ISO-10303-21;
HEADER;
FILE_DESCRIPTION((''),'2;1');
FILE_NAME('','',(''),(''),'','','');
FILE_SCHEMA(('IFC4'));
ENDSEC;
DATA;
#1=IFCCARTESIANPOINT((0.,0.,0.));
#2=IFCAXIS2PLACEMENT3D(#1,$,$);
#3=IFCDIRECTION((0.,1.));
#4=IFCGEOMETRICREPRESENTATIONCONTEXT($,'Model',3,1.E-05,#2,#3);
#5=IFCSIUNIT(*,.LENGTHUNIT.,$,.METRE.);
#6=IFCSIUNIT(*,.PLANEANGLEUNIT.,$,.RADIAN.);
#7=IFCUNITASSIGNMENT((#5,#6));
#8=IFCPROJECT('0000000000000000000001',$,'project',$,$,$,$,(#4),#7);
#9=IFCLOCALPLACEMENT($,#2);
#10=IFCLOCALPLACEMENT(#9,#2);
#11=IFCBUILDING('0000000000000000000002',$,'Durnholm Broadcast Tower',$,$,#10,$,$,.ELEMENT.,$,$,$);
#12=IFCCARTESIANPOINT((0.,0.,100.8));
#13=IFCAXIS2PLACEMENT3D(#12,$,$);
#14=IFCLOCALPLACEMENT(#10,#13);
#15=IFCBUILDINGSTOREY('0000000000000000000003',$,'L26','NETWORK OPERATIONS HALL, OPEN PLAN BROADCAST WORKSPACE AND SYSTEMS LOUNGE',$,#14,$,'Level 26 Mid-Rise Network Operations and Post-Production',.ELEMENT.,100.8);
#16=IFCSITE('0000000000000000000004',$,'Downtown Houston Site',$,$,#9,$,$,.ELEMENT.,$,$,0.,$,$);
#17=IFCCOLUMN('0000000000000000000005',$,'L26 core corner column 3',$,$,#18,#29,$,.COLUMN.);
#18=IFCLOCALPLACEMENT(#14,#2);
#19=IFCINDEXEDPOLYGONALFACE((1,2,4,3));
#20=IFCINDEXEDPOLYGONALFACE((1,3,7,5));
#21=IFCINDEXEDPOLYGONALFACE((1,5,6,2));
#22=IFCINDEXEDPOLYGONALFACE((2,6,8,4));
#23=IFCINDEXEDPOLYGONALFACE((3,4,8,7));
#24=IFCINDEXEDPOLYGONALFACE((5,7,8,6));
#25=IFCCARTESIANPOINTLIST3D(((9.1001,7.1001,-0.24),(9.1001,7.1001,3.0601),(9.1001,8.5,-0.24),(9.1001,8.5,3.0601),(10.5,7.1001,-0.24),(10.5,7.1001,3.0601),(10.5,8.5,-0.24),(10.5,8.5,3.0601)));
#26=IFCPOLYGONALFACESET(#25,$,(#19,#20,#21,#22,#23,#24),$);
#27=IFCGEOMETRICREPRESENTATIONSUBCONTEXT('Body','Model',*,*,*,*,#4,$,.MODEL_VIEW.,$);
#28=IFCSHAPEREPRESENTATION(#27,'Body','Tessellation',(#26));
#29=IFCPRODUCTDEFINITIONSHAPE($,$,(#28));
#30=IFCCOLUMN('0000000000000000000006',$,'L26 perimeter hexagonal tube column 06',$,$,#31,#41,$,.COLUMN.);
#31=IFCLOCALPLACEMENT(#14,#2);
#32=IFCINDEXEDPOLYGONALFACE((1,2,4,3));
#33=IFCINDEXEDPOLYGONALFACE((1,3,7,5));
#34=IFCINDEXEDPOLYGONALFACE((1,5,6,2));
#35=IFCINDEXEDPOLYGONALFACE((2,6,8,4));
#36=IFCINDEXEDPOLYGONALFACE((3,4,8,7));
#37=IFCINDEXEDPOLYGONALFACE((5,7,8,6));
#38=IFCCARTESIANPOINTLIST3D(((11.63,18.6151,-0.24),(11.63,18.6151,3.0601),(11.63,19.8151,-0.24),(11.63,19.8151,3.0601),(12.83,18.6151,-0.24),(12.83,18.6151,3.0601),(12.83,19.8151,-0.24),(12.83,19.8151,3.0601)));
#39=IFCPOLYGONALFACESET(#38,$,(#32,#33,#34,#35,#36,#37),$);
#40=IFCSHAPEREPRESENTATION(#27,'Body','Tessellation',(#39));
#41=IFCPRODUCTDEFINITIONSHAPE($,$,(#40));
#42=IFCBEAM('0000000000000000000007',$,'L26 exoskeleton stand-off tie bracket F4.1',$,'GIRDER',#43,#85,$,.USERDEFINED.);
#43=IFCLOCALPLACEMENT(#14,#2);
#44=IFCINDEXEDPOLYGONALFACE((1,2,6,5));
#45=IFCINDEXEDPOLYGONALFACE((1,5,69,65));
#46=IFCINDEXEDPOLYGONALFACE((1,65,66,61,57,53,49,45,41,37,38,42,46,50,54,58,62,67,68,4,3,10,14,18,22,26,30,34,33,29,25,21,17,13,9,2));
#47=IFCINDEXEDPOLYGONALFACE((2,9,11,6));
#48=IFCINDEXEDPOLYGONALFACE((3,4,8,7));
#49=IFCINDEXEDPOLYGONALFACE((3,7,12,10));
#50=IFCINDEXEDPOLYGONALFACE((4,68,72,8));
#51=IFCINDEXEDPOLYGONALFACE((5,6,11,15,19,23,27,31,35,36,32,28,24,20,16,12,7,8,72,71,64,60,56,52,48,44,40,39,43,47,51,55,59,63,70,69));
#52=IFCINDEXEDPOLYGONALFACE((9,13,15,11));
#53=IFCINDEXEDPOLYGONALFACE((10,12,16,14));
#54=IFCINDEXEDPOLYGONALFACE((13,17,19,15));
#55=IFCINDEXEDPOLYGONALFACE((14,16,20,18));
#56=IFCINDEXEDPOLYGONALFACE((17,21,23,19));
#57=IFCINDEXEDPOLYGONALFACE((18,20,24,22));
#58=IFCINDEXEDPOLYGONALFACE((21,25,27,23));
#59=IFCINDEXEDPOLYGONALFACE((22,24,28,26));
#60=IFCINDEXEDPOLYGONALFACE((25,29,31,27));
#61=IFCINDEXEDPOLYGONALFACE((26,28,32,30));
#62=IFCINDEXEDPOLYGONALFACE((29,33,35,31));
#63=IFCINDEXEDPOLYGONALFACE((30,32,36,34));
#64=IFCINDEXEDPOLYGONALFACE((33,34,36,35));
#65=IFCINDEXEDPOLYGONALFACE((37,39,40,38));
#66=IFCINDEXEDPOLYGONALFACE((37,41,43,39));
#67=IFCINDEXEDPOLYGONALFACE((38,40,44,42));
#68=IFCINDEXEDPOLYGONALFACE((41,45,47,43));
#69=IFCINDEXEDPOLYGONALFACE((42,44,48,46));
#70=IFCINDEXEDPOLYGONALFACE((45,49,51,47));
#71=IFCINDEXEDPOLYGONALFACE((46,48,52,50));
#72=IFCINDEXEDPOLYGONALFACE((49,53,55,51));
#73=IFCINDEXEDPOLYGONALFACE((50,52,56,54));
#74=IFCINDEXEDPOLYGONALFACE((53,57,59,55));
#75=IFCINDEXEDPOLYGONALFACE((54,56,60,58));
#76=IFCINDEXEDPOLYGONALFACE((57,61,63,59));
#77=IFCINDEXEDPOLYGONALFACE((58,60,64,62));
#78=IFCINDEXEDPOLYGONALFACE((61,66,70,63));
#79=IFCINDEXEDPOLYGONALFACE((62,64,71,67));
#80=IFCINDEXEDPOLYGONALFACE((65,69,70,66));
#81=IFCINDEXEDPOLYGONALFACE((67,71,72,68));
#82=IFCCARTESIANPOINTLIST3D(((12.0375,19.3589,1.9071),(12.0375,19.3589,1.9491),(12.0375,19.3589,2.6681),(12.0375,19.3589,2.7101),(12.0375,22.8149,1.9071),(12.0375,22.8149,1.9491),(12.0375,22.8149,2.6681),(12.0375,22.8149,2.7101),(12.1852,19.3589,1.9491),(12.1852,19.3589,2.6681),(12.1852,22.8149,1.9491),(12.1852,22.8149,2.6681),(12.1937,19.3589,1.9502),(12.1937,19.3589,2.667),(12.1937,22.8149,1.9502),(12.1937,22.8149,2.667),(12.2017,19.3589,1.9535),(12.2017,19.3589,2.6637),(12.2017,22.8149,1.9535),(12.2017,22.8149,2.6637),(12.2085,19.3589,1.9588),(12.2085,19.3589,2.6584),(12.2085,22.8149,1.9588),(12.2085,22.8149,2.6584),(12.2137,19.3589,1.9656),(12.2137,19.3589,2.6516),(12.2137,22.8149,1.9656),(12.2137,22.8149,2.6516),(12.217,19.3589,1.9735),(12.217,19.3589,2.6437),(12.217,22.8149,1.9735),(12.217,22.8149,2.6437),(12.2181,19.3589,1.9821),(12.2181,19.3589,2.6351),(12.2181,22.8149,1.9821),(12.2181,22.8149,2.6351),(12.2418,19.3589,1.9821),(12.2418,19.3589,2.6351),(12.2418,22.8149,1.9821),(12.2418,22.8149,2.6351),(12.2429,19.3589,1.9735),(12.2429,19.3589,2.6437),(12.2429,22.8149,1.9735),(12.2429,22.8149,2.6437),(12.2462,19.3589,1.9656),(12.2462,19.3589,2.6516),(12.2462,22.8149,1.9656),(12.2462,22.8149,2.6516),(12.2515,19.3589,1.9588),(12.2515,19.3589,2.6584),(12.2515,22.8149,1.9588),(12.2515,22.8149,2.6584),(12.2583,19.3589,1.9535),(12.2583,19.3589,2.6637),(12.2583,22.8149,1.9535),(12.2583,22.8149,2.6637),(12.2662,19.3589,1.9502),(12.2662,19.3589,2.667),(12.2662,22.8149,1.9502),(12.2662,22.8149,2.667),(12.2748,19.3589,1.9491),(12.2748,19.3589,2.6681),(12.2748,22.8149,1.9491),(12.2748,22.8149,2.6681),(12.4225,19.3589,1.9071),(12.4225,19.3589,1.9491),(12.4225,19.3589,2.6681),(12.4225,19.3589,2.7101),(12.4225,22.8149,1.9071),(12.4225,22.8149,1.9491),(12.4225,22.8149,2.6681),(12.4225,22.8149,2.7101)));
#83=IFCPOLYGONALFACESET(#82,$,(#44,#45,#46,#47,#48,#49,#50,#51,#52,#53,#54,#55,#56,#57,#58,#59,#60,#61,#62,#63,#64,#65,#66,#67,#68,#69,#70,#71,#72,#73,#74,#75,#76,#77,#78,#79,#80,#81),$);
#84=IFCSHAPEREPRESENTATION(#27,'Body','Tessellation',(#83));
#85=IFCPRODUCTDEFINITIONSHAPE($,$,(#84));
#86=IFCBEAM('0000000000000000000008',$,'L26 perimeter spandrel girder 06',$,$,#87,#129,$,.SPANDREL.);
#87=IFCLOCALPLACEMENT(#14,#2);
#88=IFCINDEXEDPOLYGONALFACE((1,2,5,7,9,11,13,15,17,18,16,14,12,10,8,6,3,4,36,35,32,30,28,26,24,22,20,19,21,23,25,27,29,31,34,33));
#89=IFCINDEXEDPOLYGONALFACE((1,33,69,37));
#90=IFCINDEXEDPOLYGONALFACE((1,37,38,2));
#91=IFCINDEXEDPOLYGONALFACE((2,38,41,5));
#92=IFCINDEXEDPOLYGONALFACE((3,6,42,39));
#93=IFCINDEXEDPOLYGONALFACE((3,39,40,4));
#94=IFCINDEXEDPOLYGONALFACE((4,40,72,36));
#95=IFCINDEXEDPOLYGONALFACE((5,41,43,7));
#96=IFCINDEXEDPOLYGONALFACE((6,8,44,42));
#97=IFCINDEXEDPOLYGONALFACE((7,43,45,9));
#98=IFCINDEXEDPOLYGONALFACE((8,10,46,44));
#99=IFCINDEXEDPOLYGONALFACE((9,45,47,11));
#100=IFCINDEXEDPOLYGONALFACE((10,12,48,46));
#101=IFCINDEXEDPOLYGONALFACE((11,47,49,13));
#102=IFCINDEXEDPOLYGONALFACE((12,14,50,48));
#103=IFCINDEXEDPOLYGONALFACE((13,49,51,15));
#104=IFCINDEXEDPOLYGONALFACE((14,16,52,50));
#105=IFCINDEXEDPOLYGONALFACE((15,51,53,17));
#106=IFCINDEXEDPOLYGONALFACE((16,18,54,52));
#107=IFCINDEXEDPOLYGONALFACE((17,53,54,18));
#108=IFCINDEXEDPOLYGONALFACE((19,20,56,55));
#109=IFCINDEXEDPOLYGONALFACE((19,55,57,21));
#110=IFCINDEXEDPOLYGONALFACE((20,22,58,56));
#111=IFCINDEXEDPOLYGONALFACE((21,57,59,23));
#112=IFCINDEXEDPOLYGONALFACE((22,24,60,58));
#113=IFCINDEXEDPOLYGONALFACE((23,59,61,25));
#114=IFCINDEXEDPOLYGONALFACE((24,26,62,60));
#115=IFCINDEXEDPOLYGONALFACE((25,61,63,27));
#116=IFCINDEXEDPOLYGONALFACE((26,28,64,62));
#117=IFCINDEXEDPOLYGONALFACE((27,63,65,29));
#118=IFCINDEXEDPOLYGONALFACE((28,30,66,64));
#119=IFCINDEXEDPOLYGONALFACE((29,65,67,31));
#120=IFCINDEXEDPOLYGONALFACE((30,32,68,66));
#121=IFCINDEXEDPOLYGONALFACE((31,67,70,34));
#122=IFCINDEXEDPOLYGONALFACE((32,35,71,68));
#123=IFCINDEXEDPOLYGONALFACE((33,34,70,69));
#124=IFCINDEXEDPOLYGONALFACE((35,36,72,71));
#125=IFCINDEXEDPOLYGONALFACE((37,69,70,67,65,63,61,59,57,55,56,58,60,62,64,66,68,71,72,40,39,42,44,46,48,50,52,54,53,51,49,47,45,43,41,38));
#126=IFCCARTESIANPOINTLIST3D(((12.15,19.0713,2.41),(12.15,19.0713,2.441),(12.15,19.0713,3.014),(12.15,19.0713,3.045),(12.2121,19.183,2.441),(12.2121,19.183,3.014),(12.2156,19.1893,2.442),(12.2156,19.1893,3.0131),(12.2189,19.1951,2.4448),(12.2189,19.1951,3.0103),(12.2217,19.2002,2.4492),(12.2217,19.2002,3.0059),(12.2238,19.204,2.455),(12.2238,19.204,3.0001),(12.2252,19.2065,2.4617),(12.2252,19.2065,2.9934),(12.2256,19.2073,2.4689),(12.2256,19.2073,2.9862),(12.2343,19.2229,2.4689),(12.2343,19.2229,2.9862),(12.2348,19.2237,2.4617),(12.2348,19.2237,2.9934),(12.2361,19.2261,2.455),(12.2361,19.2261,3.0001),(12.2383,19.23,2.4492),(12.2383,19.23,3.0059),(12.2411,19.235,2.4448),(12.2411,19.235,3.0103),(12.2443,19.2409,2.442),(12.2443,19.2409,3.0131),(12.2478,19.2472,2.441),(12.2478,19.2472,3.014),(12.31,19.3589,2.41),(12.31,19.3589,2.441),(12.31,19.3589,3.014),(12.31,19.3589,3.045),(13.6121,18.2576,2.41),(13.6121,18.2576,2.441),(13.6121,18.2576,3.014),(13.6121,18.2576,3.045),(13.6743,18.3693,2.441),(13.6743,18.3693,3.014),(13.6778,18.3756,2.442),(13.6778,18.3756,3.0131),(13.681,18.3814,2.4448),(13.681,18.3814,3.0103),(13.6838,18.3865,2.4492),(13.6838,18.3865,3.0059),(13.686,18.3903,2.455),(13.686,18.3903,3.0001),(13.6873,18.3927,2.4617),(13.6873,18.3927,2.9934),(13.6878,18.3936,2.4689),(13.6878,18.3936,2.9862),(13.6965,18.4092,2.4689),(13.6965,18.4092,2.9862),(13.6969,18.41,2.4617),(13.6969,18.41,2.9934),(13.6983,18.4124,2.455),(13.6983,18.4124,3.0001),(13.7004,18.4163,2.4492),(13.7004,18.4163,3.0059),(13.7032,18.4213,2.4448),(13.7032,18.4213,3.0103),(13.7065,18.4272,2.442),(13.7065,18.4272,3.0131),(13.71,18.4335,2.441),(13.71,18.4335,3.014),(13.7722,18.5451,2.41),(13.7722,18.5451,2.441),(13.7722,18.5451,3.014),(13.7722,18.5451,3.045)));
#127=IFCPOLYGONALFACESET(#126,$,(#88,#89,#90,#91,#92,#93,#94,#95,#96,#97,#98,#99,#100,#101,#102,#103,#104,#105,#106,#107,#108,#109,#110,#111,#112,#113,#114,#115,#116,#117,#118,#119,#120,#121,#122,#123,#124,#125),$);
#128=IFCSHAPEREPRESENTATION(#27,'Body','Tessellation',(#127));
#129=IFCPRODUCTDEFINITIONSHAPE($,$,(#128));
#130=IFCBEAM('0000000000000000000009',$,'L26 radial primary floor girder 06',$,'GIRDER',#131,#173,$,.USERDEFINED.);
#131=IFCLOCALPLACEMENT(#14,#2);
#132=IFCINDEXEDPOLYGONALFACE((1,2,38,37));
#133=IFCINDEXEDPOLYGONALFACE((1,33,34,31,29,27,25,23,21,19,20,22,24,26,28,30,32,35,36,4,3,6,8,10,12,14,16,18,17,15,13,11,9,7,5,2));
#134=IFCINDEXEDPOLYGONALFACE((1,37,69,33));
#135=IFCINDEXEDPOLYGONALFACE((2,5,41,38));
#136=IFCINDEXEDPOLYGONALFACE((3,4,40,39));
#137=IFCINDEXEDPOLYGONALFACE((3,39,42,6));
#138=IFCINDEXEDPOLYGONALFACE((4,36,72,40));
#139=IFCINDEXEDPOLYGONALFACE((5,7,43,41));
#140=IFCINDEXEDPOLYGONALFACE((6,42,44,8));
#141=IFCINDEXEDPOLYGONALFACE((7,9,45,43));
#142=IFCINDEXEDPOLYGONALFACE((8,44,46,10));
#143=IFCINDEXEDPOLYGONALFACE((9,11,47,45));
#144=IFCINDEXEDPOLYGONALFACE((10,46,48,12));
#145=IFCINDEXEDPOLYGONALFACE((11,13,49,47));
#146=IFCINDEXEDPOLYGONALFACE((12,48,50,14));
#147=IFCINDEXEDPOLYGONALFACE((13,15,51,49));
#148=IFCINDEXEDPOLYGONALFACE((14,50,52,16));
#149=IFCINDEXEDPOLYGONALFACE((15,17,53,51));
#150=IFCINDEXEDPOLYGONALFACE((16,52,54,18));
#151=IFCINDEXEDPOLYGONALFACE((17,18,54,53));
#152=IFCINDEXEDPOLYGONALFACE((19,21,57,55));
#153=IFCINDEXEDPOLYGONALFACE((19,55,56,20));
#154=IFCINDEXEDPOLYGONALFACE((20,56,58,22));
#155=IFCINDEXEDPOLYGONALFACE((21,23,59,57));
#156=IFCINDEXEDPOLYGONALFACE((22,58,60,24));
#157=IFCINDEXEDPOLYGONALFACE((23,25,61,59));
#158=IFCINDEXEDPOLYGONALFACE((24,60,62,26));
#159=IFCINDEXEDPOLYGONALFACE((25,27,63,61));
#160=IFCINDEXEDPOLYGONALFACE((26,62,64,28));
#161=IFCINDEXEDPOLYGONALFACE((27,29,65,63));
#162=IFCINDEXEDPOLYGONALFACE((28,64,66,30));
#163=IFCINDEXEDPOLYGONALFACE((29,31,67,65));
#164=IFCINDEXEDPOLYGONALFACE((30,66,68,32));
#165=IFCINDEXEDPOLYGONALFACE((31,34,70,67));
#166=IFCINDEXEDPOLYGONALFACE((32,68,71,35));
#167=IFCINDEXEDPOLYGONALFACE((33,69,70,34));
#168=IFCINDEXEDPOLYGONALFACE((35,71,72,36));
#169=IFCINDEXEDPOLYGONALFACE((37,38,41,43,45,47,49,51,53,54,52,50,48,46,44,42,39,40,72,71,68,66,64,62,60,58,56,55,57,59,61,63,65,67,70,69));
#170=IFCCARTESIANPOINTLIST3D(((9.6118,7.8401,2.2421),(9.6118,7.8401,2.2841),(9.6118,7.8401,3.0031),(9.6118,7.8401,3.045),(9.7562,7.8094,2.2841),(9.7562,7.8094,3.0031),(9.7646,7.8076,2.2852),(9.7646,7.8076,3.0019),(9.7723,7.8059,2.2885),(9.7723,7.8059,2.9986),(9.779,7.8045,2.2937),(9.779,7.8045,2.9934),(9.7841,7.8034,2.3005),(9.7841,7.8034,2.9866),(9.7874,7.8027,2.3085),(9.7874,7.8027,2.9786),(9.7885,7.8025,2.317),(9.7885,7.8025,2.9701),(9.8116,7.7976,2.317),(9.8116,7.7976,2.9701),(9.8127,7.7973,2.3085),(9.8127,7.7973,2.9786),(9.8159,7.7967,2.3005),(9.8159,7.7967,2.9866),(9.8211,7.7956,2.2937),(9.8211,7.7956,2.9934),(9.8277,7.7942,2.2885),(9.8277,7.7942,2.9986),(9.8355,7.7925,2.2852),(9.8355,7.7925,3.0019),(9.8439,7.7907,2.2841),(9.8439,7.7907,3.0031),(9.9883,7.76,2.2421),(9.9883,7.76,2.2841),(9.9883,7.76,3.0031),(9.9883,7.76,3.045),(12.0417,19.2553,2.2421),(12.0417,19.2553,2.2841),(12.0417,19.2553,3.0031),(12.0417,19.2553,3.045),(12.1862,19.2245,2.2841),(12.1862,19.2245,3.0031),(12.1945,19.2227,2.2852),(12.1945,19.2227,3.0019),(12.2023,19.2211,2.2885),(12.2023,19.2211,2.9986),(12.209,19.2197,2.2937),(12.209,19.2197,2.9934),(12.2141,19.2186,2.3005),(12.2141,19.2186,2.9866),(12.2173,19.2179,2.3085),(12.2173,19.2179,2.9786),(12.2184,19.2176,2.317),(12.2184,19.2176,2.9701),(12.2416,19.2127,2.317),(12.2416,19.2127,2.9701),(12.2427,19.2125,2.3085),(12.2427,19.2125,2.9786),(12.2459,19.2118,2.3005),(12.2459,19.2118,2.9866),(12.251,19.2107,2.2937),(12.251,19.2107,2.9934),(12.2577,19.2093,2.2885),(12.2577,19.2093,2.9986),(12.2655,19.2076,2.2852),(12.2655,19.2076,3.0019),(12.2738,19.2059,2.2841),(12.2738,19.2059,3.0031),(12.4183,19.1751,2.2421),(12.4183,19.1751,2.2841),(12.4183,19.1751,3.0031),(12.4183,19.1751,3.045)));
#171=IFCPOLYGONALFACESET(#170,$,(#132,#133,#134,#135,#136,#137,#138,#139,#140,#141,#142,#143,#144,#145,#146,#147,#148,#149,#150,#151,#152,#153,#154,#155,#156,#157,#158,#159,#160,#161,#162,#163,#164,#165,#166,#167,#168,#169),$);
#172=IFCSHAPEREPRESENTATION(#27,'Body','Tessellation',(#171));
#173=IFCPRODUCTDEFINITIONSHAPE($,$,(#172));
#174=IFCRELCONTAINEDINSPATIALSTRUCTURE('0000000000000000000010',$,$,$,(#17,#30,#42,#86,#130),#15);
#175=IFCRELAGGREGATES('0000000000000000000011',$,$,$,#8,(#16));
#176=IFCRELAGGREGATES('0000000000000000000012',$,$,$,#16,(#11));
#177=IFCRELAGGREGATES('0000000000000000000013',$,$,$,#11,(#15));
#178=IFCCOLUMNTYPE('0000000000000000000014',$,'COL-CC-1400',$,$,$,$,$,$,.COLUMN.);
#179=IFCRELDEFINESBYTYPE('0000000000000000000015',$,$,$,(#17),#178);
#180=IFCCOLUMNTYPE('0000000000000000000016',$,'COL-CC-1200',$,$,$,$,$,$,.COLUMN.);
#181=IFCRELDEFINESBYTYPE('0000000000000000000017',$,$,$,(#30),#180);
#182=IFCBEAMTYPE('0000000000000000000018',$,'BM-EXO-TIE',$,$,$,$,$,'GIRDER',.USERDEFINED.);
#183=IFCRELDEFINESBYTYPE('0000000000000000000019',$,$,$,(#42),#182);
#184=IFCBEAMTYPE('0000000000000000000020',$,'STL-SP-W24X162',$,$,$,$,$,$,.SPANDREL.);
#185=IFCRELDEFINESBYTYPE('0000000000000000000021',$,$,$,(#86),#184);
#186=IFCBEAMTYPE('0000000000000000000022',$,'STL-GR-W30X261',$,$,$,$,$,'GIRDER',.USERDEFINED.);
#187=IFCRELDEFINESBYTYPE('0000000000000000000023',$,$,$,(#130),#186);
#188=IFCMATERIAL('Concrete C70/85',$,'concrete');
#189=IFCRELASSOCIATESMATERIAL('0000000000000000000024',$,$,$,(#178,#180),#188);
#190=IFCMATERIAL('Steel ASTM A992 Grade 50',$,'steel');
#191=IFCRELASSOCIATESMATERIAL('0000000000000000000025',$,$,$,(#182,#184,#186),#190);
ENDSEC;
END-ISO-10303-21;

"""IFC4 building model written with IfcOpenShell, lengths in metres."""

from ifc_helpers import new_model, si_unit, direction, frame, origin, origin_2d, place, context, subcontext, project, spatial, rectangle, i_section, extrude, source, transform, mapped, material, material_profile, profile_set, type_object, type_shapes, element, save


model = new_model("IFC4")

# Units and contexts
model_context = context("Model", 3, precision=1e-05, world=origin(), true_north=direction((0.0, 1.0)))
body_context = subcontext(model_context, "Body", "Model", "MODEL_VIEW")
ifc_project = project(units=[si_unit("LENGTHUNIT", "METRE"), si_unit("PLANEANGLEUNIT", "RADIAN")], contexts=[model_context])

# Site, building, storey
site_placement = place(None, origin())
site = spatial("IfcSite", under=ifc_project, at=site_placement, Name="Downtown Houston Site", CompositionType="ELEMENT", RefElevation=0.0)
building_placement = place(site_placement, origin())
building = spatial("IfcBuilding", under=site, at=building_placement, Name="Durnholm Broadcast Tower", CompositionType="ELEMENT")
storey_placement = place(building_placement, frame((0.0, 0.0, 100.8)))
storey = spatial("IfcBuildingStorey", under=building, at=storey_placement, Name="L26", Description="NETWORK OPERATIONS HALL, OPEN PLAN BROADCAST WORKSPACE AND SYSTEMS LOUNGE", LongName="Level 26 Mid-Rise Network Operations and Post-Production", CompositionType="ELEMENT", Elevation=100.8)

# Columns
ifc_material_1 = material(Name="Concrete C70/85", Category="concrete")
ifc_material_profile_1 = material_profile(ifc_material_1, rectangle(XDim=1.3999, YDim=1.3999, at=origin_2d()), Name="RC1400X1400")
ifc_profile_set_1 = profile_set([ifc_material_profile_1], Name="Concrete C70/85")
column_type_1 = type_object("IfcColumnType", Name="COL-CC-1400", PredefinedType="COLUMN", material=ifc_profile_set_1)
shared_shape_1 = source(origin(), body_context, "Body", "SweptSolid", [
    extrude(rectangle(XDim=1.3999, YDim=1.3999, at=origin_2d()), origin(), (0.0, 0.0, 1.0), 3.3),
])
type_shapes(column_type_1, [shared_shape_1])
column_1_placement = place(storey_placement, frame((9.8, 7.8, -0.24), z_axis=(0.0, 0.0, 1.0), x_axis=(1.0, 0.0, 0.0)))
element("IfcColumn", 1, at=column_1_placement, inside=storey, type_object=column_type_1, Name="L26 core corner column 3", PredefinedType="COLUMN", context=body_context, shape_type="MappedRepresentation", body=[
    mapped(shared_shape_1, transform((0.0, 0.0, 0.0), x_axis=(1.0, 0.0, 0.0), y_axis=(0.0, 1.0, 0.0), z_axis=(0.0, 0.0, 1.0), scale=1.0)),
])
ifc_material_profile_2 = material_profile(ifc_material_1, rectangle(XDim=1.2, YDim=1.2, at=origin_2d()), Name="RC1200X1200")
ifc_profile_set_2 = profile_set([ifc_material_profile_2], Name="Concrete C70/85")
column_type_2 = type_object("IfcColumnType", Name="COL-CC-1200", PredefinedType="COLUMN", material=ifc_profile_set_2)
shared_shape_2 = source(origin(), body_context, "Body", "SweptSolid", [
    extrude(rectangle(XDim=1.2, YDim=1.2, at=origin_2d()), origin(), (0.0, 0.0, 1.0), 3.3),
])
type_shapes(column_type_2, [shared_shape_2])
column_2_placement = place(storey_placement, frame((12.23, 19.2151, -0.24), z_axis=(0.0, 0.0, 1.0), x_axis=(1.0, 0.0, 0.0)))
element("IfcColumn", 2, at=column_2_placement, inside=storey, type_object=column_type_2, Name="L26 perimeter hexagonal tube column 06", PredefinedType="COLUMN", context=body_context, shape_type="MappedRepresentation", body=[
    mapped(shared_shape_2, transform((0.0, 0.0, 0.0), x_axis=(1.0, 0.0, 0.0), y_axis=(0.0, 1.0, 0.0), z_axis=(0.0, 0.0, 1.0), scale=1.0)),
])

# Beams
ifc_material_2 = material(Name="Steel ASTM A992 Grade 50", Category="steel")
ifc_material_profile_3 = material_profile(ifc_material_2, i_section(OverallWidth=0.385, OverallDepth=0.803, WebThickness=0.0237, FlangeThickness=0.042, FilletRadius=0.033, at=origin_2d()), Name="W30X261")
ifc_profile_set_3 = profile_set([ifc_material_profile_3], Name="Steel ASTM A992 Grade 50")
beam_type_1 = type_object("IfcBeamType", Name="BM-EXO-TIE", ElementType="GIRDER", PredefinedType="USERDEFINED", material=ifc_profile_set_3)
shared_shape_3 = source(origin(), body_context, "Body", "SweptSolid", [
    extrude(i_section(OverallWidth=0.385, OverallDepth=0.803, WebThickness=0.0237, FlangeThickness=0.042, FilletRadius=0.033, at=origin_2d()), origin(), (0.0, 0.0, 1.0), 3.4561),
])
beam_1_placement = place(storey_placement, frame((12.23, 19.3589, 2.3086), z_axis=(0.0, 1.0, 0.0), x_axis=(-1.0, 0.0, 0.0)))
element("IfcBeam", 3, at=beam_1_placement, inside=storey, type_object=beam_type_1, Name="L26 exoskeleton stand-off tie bracket F4.1", ObjectType="GIRDER", PredefinedType="USERDEFINED", context=body_context, shape_type="MappedRepresentation", body=[
    mapped(shared_shape_3, transform((0.0, 0.0, 0.0), x_axis=(1.0, 0.0, 0.0), y_axis=(0.0, 1.0, 0.0), z_axis=(0.0, 0.0, 1.0), scale=1.0)),
])
ifc_material_profile_4 = material_profile(ifc_material_2, i_section(OverallWidth=0.3291, OverallDepth=0.635, WebThickness=0.0178, FlangeThickness=0.031, FilletRadius=0.0278, at=origin_2d()), Name="W24X162")
ifc_profile_set_4 = profile_set([ifc_material_profile_4], Name="Steel ASTM A992 Grade 50")
beam_type_2 = type_object("IfcBeamType", Name="STL-SP-W24X162", PredefinedType="SPANDREL", material=ifc_profile_set_4)
shared_shape_4 = source(origin(), body_context, "Body", "SweptSolid", [
    extrude(i_section(OverallWidth=0.3291, OverallDepth=0.635, WebThickness=0.0178, FlangeThickness=0.031, FilletRadius=0.0278, at=origin_2d()), origin(), (0.0, 0.0, 1.0), 1.6733),
])
type_shapes(beam_type_2, [shared_shape_4])
beam_2_placement = place(storey_placement, frame((12.23, 19.2151, 2.7275), z_axis=(0.873799, -0.486287, 0.0), x_axis=(0.486287, 0.873799, 0.0)))
element("IfcBeam", 4, at=beam_2_placement, inside=storey, type_object=beam_type_2, Name="L26 perimeter spandrel girder 06", PredefinedType="SPANDREL", context=body_context, shape_type="MappedRepresentation", body=[
    mapped(shared_shape_4, transform((0.0, 0.0, 0.0), x_axis=(1.0, 0.0, 0.0), y_axis=(0.0, 1.0, 0.0), z_axis=(0.0, 0.0, 1.0), scale=1.0)),
])
ifc_material_profile_5 = material_profile(ifc_material_2, i_section(OverallWidth=0.385, OverallDepth=0.803, WebThickness=0.0237, FlangeThickness=0.042, FilletRadius=0.033, at=origin_2d()), Name="W30X261")
ifc_profile_set_5 = profile_set([ifc_material_profile_5], Name="Steel ASTM A992 Grade 50")
beam_type_3 = type_object("IfcBeamType", Name="STL-GR-W30X261", ElementType="GIRDER", PredefinedType="USERDEFINED", material=ifc_profile_set_5)
shared_shape_5 = source(origin(), body_context, "Body", "SweptSolid", [
    extrude(i_section(OverallWidth=0.385, OverallDepth=0.803, WebThickness=0.0237, FlangeThickness=0.042, FilletRadius=0.033, at=origin_2d()), origin(), (0.0, 0.0, 1.0), 11.6709),
])
beam_3_placement = place(storey_placement, frame((9.8, 7.8, 2.6436), z_axis=(0.208206, 0.978085, 0.0), x_axis=(-0.978085, 0.208206, 0.0)))
element("IfcBeam", 5, at=beam_3_placement, inside=storey, type_object=beam_type_3, Name="L26 radial primary floor girder 06", ObjectType="GIRDER", PredefinedType="USERDEFINED", context=body_context, shape_type="MappedRepresentation", body=[
    mapped(shared_shape_5, transform((0.0, 0.0, 0.0), x_axis=(1.0, 0.0, 0.0), y_axis=(0.0, 1.0, 0.0), z_axis=(0.0, 0.0, 1.0), scale=1.0)),
])

save(model, "model.ifc")
